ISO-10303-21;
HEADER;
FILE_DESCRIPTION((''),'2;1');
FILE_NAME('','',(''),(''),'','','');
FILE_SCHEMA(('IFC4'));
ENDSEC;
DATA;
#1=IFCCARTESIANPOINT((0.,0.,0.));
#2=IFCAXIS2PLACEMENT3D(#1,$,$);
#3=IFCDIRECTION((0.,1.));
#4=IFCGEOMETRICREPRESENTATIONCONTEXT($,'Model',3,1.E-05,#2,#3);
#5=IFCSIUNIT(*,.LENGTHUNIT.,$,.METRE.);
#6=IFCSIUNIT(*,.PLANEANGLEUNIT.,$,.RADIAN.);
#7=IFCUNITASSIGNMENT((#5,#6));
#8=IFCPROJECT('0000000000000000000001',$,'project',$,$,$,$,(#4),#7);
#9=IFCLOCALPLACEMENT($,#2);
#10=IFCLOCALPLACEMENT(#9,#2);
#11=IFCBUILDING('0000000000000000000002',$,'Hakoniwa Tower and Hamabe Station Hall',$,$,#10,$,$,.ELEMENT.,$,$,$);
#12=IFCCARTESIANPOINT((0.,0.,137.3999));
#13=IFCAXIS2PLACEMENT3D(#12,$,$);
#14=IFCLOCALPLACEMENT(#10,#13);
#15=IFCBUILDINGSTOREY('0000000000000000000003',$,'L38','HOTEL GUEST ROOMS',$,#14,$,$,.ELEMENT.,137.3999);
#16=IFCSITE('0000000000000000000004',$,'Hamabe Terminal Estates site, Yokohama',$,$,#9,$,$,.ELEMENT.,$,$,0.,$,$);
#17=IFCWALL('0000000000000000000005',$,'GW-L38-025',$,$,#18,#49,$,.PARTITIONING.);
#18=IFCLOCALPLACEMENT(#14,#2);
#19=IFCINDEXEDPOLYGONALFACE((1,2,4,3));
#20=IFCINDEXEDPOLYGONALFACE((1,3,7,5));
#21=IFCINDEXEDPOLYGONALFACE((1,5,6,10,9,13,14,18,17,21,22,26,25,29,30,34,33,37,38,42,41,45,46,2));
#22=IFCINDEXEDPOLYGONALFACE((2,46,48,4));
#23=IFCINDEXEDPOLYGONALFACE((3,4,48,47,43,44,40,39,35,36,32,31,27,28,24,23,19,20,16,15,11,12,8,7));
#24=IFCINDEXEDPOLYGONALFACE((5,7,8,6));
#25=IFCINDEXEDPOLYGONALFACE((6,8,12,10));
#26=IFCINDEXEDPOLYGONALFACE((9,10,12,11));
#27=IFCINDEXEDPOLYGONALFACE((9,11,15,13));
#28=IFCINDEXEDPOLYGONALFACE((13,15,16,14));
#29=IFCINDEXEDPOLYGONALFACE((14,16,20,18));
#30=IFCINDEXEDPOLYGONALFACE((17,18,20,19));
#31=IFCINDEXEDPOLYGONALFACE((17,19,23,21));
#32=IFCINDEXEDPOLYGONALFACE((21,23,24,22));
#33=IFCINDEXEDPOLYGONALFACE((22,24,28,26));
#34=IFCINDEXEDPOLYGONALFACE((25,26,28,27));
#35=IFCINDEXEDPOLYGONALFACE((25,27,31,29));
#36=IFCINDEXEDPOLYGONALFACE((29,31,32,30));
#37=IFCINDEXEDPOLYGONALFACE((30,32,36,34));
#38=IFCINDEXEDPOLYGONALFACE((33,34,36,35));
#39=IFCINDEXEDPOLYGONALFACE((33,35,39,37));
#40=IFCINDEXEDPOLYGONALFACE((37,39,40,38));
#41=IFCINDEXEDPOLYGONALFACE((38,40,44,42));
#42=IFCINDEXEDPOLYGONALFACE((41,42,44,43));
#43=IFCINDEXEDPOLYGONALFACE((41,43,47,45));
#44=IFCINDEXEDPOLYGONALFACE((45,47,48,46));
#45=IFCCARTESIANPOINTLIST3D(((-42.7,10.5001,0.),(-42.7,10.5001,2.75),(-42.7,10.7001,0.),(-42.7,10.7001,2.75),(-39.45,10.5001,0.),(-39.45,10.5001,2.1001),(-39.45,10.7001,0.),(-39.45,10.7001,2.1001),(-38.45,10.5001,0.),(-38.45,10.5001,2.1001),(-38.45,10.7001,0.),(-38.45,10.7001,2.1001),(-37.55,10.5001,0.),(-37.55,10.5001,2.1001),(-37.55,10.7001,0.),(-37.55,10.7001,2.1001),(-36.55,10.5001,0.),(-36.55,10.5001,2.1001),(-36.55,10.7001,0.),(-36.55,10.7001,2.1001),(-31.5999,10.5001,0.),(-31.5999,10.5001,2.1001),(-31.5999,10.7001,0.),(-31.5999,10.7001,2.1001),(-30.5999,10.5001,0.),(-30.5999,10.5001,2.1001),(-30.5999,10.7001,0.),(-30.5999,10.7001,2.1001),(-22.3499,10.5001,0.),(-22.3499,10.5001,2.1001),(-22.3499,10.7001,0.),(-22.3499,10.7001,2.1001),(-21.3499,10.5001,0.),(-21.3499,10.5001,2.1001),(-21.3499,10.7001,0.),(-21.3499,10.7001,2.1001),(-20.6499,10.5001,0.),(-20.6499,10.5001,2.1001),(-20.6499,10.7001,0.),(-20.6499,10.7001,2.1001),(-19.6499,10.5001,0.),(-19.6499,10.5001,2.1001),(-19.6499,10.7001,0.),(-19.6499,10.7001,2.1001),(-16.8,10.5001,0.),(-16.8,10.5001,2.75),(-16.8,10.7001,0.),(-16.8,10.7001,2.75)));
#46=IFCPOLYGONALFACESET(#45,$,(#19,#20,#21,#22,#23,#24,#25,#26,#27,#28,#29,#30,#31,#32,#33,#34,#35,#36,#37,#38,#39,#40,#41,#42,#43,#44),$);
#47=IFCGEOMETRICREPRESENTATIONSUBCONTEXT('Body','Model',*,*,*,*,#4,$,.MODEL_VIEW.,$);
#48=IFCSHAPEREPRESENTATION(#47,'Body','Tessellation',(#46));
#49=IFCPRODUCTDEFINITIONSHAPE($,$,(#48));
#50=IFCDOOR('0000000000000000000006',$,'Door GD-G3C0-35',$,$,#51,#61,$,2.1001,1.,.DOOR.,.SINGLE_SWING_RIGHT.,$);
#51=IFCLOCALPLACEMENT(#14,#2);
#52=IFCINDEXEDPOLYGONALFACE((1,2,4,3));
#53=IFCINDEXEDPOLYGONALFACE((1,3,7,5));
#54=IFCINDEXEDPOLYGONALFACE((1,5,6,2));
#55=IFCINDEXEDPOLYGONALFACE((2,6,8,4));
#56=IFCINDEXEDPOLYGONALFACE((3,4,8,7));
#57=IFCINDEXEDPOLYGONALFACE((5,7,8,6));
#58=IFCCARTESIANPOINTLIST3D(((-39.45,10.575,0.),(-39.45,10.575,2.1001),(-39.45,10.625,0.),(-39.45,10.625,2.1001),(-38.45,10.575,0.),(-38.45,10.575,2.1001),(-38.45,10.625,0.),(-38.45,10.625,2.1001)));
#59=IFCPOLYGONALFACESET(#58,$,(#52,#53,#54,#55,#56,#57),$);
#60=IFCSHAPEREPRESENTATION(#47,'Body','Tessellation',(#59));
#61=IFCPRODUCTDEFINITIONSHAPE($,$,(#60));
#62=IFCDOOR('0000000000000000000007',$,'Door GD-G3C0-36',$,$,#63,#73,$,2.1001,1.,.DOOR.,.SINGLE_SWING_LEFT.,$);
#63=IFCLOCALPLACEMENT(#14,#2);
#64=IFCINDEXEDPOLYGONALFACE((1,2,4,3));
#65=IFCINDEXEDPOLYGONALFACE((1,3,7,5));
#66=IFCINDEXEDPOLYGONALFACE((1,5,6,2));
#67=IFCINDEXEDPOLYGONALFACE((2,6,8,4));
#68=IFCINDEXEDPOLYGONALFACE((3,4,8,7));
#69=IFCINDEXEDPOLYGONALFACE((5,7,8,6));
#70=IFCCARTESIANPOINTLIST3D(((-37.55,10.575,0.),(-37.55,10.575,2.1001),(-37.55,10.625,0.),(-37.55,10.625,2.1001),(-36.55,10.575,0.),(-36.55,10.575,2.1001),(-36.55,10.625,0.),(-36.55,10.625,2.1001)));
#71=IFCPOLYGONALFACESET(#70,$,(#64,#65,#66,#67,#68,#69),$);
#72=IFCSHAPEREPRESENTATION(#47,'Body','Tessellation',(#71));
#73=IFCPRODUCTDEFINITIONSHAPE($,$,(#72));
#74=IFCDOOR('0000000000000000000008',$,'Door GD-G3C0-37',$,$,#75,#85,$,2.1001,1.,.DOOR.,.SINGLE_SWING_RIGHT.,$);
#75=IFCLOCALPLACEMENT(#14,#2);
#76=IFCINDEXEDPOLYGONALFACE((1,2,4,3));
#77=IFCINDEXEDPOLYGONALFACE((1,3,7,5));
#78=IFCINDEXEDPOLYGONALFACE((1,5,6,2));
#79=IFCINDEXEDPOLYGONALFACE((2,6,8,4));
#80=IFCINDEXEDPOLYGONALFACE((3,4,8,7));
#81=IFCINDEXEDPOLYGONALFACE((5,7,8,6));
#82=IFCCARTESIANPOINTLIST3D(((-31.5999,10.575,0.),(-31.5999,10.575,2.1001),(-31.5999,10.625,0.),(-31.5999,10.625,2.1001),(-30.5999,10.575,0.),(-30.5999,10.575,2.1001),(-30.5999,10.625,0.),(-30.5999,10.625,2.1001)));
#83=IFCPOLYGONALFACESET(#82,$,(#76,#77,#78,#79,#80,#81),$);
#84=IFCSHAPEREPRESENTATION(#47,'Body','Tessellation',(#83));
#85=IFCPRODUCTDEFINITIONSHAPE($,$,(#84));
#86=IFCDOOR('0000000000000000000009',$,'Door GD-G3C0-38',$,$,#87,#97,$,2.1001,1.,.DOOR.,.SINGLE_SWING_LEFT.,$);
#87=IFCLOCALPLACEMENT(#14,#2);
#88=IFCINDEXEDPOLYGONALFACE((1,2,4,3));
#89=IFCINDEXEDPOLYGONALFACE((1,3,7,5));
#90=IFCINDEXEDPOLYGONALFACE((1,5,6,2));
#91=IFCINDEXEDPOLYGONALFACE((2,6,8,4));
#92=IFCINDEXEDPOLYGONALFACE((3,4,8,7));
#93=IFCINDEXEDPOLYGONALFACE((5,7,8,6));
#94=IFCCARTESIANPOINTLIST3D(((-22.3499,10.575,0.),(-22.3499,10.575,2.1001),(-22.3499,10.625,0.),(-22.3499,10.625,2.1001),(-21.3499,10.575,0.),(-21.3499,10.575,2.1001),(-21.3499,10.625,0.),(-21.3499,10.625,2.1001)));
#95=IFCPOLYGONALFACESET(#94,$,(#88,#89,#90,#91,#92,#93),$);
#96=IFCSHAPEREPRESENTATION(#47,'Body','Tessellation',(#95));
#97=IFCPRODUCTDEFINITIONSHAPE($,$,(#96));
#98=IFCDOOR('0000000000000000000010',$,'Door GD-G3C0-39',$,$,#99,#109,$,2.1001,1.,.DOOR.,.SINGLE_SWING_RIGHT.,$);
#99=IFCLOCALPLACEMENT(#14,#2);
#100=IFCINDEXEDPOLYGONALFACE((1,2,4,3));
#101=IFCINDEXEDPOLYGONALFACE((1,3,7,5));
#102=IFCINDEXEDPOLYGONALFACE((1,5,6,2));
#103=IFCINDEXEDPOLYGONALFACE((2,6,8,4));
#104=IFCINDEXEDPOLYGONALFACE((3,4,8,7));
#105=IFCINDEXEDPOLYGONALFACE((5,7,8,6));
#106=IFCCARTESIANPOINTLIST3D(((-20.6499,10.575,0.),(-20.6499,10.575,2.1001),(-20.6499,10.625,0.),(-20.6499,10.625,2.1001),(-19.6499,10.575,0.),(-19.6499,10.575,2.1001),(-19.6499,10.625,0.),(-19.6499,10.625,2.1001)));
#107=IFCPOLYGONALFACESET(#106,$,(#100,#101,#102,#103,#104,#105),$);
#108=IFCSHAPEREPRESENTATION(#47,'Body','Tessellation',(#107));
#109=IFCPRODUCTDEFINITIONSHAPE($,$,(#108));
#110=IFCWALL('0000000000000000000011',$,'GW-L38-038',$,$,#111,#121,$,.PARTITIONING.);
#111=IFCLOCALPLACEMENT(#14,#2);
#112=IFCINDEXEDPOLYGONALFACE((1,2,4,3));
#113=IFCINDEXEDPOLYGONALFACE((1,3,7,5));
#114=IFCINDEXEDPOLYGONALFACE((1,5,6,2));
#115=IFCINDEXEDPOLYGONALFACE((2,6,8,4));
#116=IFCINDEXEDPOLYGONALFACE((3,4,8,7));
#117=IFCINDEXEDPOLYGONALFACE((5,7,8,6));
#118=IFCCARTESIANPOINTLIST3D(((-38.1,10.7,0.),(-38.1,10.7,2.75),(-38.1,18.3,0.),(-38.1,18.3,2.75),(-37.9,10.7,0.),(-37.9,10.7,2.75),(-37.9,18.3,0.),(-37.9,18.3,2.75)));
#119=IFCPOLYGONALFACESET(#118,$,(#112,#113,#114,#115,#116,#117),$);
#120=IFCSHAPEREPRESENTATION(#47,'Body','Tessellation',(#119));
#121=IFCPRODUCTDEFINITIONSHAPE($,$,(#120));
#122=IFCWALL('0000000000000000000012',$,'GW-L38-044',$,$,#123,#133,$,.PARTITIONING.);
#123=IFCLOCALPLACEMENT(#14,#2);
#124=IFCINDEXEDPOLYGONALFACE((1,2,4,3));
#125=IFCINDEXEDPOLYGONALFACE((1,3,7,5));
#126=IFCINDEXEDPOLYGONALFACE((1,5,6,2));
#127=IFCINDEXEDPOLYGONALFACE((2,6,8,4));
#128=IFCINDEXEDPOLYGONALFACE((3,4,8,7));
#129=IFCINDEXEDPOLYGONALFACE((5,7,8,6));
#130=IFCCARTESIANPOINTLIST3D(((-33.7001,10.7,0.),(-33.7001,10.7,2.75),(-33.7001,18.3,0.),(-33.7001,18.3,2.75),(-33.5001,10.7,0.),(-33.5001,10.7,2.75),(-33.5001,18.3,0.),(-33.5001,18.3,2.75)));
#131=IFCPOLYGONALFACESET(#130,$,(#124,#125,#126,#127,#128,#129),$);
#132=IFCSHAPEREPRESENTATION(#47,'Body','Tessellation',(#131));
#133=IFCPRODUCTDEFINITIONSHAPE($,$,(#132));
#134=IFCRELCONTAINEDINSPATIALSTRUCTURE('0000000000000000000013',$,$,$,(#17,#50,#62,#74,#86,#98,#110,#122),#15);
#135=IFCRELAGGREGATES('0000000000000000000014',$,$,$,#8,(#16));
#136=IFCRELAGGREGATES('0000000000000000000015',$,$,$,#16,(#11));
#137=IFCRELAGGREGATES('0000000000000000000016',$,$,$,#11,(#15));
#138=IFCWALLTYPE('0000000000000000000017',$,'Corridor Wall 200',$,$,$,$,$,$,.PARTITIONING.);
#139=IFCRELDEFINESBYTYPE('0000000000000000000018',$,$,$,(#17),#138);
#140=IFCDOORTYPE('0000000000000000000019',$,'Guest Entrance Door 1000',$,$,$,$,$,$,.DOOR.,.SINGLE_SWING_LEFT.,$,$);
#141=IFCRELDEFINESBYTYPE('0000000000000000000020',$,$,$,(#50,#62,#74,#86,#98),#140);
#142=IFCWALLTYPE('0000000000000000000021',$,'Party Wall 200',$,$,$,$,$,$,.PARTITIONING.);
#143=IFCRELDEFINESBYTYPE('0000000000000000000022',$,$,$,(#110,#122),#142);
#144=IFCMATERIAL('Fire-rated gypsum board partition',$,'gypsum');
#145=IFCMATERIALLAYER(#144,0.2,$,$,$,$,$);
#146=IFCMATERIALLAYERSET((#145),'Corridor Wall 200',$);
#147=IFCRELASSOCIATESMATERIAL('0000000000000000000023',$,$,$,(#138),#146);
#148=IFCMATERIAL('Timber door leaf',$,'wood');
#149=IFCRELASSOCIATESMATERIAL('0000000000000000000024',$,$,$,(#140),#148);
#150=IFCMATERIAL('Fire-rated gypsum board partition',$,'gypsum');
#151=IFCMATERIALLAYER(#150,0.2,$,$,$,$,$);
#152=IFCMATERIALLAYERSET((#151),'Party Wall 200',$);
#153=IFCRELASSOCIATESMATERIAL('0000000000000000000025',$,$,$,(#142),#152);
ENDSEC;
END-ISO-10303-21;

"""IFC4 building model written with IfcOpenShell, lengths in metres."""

from ifc_helpers import new_model, si_unit, direction, frame, frame_2d, origin, place, context, subcontext, project, spatial, rectangle, extrude, material, layer, layer_set, type_object, element, fill, save


model = new_model("IFC4")

# Units and contexts
model_context = context("Model", 3, precision=1e-05, world=origin(), true_north=direction((0.0, 1.0)))
body_context = subcontext(model_context, "Body", "Model", "MODEL_VIEW")
ifc_project = project(units=[si_unit("LENGTHUNIT", "METRE"), si_unit("PLANEANGLEUNIT", "RADIAN")], contexts=[model_context])

# Site, building, storey
site_placement = place(None, origin())
site = spatial("IfcSite", under=ifc_project, at=site_placement, Name="Hamabe Terminal Estates site, Yokohama", CompositionType="ELEMENT", RefElevation=0.0)
building_placement = place(site_placement, origin())
building = spatial("IfcBuilding", under=site, at=building_placement, Name="Hakoniwa Tower and Hamabe Station Hall", CompositionType="ELEMENT")
storey_placement = place(building_placement, frame((0.0, 0.0, 137.3999)))
storey = spatial("IfcBuildingStorey", under=building, at=storey_placement, Name="L38", Description="HOTEL GUEST ROOMS", CompositionType="ELEMENT", Elevation=137.3999)

# Wall, openings, doors
ifc_material_1 = material(Name="Fire-rated gypsum board partition", Category="gypsum")
ifc_layer_1 = layer(ifc_material_1, 0.2)
ifc_layer_set_1 = layer_set([ifc_layer_1], Name="Corridor Wall 200")
wall_type_1 = type_object("IfcWallType", Name="Corridor Wall 200", PredefinedType="PARTITIONING", material=ifc_layer_set_1)
wall_1_placement = place(storey_placement, frame((-42.7, 10.6001, 0.0), z_axis=(0.0, 0.0, 1.0), x_axis=(1.0, 0.0, 0.0)))
wall_1 = element("IfcWall", 1, at=wall_1_placement, inside=storey, type_object=wall_type_1, Name="GW-L38-025", PredefinedType="PARTITIONING", context=body_context, shape_type="SweptSolid", body=[
    extrude(rectangle(XDim=25.8999, YDim=0.2, at=frame_2d((12.95, 0.0))), origin(), (0.0, 0.0, 1.0), 2.75),
])
opening_1_placement = place(wall_1_placement, frame((3.25, 0.0, 0.0)))
opening_1 = element("IfcOpeningElement", 2, at=opening_1_placement, cuts=wall_1, PredefinedType="OPENING", context=body_context, shape_type="SweptSolid", body=[
    extrude(rectangle(XDim=1.0, YDim=2.1001, at=frame_2d((0.5, 1.05))), frame((0.0, 0.1099, 0.0), z_axis=(0.0, -1.0, 0.0), x_axis=(1.0, 0.0, 0.0)), (0.0, 0.0, 1.0), 0.22),
])
opening_2_placement = place(wall_1_placement, frame((5.1499, 0.0, 0.0)))
opening_2 = element("IfcOpeningElement", 3, at=opening_2_placement, cuts=wall_1, PredefinedType="OPENING", context=body_context, shape_type="SweptSolid", body=[
    extrude(rectangle(XDim=1.0, YDim=2.1001, at=frame_2d((0.5, 1.05))), frame((0.0, 0.1099, 0.0), z_axis=(0.0, -1.0, 0.0), x_axis=(1.0, 0.0, 0.0)), (0.0, 0.0, 1.0), 0.22),
])
opening_3_placement = place(wall_1_placement, frame((11.1001, 0.0, 0.0)))
opening_3 = element("IfcOpeningElement", 4, at=opening_3_placement, cuts=wall_1, PredefinedType="OPENING", context=body_context, shape_type="SweptSolid", body=[
    extrude(rectangle(XDim=1.0, YDim=2.1001, at=frame_2d((0.5, 1.05))), frame((0.0, 0.1099, 0.0), z_axis=(0.0, -1.0, 0.0), x_axis=(1.0, 0.0, 0.0)), (0.0, 0.0, 1.0), 0.22),
])
opening_4_placement = place(wall_1_placement, frame((20.3501, 0.0, 0.0)))
opening_4 = element("IfcOpeningElement", 5, at=opening_4_placement, cuts=wall_1, PredefinedType="OPENING", context=body_context, shape_type="SweptSolid", body=[
    extrude(rectangle(XDim=1.0, YDim=2.1001, at=frame_2d((0.5, 1.05))), frame((0.0, 0.1099, 0.0), z_axis=(0.0, -1.0, 0.0), x_axis=(1.0, 0.0, 0.0)), (0.0, 0.0, 1.0), 0.22),
])
opening_5_placement = place(wall_1_placement, frame((22.05, 0.0, 0.0)))
opening_5 = element("IfcOpeningElement", 6, at=opening_5_placement, cuts=wall_1, PredefinedType="OPENING", context=body_context, shape_type="SweptSolid", body=[
    extrude(rectangle(XDim=1.0, YDim=2.1001, at=frame_2d((0.5, 1.05))), frame((0.0, 0.1099, 0.0), z_axis=(0.0, -1.0, 0.0), x_axis=(1.0, 0.0, 0.0)), (0.0, 0.0, 1.0), 0.22),
])
ifc_material_2 = material(Name="Timber door leaf", Category="wood")
door_type_1 = type_object("IfcDoorType", Name="Guest Entrance Door 1000", OperationType="SINGLE_SWING_LEFT", PredefinedType="DOOR", material=ifc_material_2)
door_1_placement = place(opening_1_placement, origin())
door_1 = element("IfcDoor", 7, at=door_1_placement, inside=storey, type_object=door_type_1, Name="Door GD-G3C0-35", OperationType="SINGLE_SWING_RIGHT", OverallHeight=2.1001, OverallWidth=1.0, PredefinedType="DOOR", context=body_context, shape_type="SweptSolid", body=[
    extrude(rectangle(XDim=1.0, YDim=2.1001, at=frame_2d((0.5, 1.05))), frame((0.0, 0.0249, 0.0), z_axis=(0.0, -1.0, 0.0), x_axis=(1.0, 0.0, 0.0)), (0.0, 0.0, 1.0), 0.05),
])
fill(opening_1, door_1)
door_2_placement = place(opening_2_placement, origin())
door_2 = element("IfcDoor", 8, at=door_2_placement, inside=storey, type_object=door_type_1, Name="Door GD-G3C0-36", OperationType="SINGLE_SWING_LEFT", OverallHeight=2.1001, OverallWidth=1.0, PredefinedType="DOOR", context=body_context, shape_type="SweptSolid", body=[
    extrude(rectangle(XDim=1.0, YDim=2.1001, at=frame_2d((0.5, 1.05))), frame((0.0, 0.0249, 0.0), z_axis=(0.0, -1.0, 0.0), x_axis=(1.0, 0.0, 0.0)), (0.0, 0.0, 1.0), 0.05),
])
fill(opening_2, door_2)
door_3_placement = place(opening_3_placement, origin())
door_3 = element("IfcDoor", 9, at=door_3_placement, inside=storey, type_object=door_type_1, Name="Door GD-G3C0-37", OperationType="SINGLE_SWING_RIGHT", OverallHeight=2.1001, OverallWidth=1.0, PredefinedType="DOOR", context=body_context, shape_type="SweptSolid", body=[
    extrude(rectangle(XDim=1.0, YDim=2.1001, at=frame_2d((0.5, 1.05))), frame((0.0, 0.0249, 0.0), z_axis=(0.0, -1.0, 0.0), x_axis=(1.0, 0.0, 0.0)), (0.0, 0.0, 1.0), 0.05),
])
fill(opening_3, door_3)
door_4_placement = place(opening_4_placement, origin())
door_4 = element("IfcDoor", 10, at=door_4_placement, inside=storey, type_object=door_type_1, Name="Door GD-G3C0-38", OperationType="SINGLE_SWING_LEFT", OverallHeight=2.1001, OverallWidth=1.0, PredefinedType="DOOR", context=body_context, shape_type="SweptSolid", body=[
    extrude(rectangle(XDim=1.0, YDim=2.1001, at=frame_2d((0.5, 1.05))), frame((0.0, 0.0249, 0.0), z_axis=(0.0, -1.0, 0.0), x_axis=(1.0, 0.0, 0.0)), (0.0, 0.0, 1.0), 0.05),
])
fill(opening_4, door_4)
door_5_placement = place(opening_5_placement, origin())
door_5 = element("IfcDoor", 11, at=door_5_placement, inside=storey, type_object=door_type_1, Name="Door GD-G3C0-39", OperationType="SINGLE_SWING_RIGHT", OverallHeight=2.1001, OverallWidth=1.0, PredefinedType="DOOR", context=body_context, shape_type="SweptSolid", body=[
    extrude(rectangle(XDim=1.0, YDim=2.1001, at=frame_2d((0.5, 1.05))), frame((0.0, 0.0249, 0.0), z_axis=(0.0, -1.0, 0.0), x_axis=(1.0, 0.0, 0.0)), (0.0, 0.0, 1.0), 0.05),
])
fill(opening_5, door_5)

# Walls
ifc_material_3 = material(Name="Fire-rated gypsum board partition", Category="gypsum")
ifc_layer_2 = layer(ifc_material_3, 0.2)
ifc_layer_set_2 = layer_set([ifc_layer_2], Name="Party Wall 200")
wall_type_2 = type_object("IfcWallType", Name="Party Wall 200", PredefinedType="PARTITIONING", material=ifc_layer_set_2)
for number, where, z_axis, x_axis, name in (
    (12, (-38.0, 10.7, 0.0), (0.0, 0.0, 1.0), (0.0, 1.0, 0.0), "GW-L38-038"),
    (13, (-33.6001, 10.7, 0.0), (0.0, 0.0, 1.0), (0.0, 1.0, 0.0), "GW-L38-044"),
):
    element("IfcWall", number, at=place(storey_placement, frame(where, z_axis=z_axis, x_axis=x_axis)), inside=storey, type_object=wall_type_2, Name=name, PredefinedType="PARTITIONING", context=body_context, shape_type="SweptSolid", body=[
        extrude(rectangle(XDim=7.6001, YDim=0.2, at=frame_2d((3.8, 0.0))), origin(), (0.0, 0.0, 1.0), 2.75),
    ])

save(model, "model.ifc")
